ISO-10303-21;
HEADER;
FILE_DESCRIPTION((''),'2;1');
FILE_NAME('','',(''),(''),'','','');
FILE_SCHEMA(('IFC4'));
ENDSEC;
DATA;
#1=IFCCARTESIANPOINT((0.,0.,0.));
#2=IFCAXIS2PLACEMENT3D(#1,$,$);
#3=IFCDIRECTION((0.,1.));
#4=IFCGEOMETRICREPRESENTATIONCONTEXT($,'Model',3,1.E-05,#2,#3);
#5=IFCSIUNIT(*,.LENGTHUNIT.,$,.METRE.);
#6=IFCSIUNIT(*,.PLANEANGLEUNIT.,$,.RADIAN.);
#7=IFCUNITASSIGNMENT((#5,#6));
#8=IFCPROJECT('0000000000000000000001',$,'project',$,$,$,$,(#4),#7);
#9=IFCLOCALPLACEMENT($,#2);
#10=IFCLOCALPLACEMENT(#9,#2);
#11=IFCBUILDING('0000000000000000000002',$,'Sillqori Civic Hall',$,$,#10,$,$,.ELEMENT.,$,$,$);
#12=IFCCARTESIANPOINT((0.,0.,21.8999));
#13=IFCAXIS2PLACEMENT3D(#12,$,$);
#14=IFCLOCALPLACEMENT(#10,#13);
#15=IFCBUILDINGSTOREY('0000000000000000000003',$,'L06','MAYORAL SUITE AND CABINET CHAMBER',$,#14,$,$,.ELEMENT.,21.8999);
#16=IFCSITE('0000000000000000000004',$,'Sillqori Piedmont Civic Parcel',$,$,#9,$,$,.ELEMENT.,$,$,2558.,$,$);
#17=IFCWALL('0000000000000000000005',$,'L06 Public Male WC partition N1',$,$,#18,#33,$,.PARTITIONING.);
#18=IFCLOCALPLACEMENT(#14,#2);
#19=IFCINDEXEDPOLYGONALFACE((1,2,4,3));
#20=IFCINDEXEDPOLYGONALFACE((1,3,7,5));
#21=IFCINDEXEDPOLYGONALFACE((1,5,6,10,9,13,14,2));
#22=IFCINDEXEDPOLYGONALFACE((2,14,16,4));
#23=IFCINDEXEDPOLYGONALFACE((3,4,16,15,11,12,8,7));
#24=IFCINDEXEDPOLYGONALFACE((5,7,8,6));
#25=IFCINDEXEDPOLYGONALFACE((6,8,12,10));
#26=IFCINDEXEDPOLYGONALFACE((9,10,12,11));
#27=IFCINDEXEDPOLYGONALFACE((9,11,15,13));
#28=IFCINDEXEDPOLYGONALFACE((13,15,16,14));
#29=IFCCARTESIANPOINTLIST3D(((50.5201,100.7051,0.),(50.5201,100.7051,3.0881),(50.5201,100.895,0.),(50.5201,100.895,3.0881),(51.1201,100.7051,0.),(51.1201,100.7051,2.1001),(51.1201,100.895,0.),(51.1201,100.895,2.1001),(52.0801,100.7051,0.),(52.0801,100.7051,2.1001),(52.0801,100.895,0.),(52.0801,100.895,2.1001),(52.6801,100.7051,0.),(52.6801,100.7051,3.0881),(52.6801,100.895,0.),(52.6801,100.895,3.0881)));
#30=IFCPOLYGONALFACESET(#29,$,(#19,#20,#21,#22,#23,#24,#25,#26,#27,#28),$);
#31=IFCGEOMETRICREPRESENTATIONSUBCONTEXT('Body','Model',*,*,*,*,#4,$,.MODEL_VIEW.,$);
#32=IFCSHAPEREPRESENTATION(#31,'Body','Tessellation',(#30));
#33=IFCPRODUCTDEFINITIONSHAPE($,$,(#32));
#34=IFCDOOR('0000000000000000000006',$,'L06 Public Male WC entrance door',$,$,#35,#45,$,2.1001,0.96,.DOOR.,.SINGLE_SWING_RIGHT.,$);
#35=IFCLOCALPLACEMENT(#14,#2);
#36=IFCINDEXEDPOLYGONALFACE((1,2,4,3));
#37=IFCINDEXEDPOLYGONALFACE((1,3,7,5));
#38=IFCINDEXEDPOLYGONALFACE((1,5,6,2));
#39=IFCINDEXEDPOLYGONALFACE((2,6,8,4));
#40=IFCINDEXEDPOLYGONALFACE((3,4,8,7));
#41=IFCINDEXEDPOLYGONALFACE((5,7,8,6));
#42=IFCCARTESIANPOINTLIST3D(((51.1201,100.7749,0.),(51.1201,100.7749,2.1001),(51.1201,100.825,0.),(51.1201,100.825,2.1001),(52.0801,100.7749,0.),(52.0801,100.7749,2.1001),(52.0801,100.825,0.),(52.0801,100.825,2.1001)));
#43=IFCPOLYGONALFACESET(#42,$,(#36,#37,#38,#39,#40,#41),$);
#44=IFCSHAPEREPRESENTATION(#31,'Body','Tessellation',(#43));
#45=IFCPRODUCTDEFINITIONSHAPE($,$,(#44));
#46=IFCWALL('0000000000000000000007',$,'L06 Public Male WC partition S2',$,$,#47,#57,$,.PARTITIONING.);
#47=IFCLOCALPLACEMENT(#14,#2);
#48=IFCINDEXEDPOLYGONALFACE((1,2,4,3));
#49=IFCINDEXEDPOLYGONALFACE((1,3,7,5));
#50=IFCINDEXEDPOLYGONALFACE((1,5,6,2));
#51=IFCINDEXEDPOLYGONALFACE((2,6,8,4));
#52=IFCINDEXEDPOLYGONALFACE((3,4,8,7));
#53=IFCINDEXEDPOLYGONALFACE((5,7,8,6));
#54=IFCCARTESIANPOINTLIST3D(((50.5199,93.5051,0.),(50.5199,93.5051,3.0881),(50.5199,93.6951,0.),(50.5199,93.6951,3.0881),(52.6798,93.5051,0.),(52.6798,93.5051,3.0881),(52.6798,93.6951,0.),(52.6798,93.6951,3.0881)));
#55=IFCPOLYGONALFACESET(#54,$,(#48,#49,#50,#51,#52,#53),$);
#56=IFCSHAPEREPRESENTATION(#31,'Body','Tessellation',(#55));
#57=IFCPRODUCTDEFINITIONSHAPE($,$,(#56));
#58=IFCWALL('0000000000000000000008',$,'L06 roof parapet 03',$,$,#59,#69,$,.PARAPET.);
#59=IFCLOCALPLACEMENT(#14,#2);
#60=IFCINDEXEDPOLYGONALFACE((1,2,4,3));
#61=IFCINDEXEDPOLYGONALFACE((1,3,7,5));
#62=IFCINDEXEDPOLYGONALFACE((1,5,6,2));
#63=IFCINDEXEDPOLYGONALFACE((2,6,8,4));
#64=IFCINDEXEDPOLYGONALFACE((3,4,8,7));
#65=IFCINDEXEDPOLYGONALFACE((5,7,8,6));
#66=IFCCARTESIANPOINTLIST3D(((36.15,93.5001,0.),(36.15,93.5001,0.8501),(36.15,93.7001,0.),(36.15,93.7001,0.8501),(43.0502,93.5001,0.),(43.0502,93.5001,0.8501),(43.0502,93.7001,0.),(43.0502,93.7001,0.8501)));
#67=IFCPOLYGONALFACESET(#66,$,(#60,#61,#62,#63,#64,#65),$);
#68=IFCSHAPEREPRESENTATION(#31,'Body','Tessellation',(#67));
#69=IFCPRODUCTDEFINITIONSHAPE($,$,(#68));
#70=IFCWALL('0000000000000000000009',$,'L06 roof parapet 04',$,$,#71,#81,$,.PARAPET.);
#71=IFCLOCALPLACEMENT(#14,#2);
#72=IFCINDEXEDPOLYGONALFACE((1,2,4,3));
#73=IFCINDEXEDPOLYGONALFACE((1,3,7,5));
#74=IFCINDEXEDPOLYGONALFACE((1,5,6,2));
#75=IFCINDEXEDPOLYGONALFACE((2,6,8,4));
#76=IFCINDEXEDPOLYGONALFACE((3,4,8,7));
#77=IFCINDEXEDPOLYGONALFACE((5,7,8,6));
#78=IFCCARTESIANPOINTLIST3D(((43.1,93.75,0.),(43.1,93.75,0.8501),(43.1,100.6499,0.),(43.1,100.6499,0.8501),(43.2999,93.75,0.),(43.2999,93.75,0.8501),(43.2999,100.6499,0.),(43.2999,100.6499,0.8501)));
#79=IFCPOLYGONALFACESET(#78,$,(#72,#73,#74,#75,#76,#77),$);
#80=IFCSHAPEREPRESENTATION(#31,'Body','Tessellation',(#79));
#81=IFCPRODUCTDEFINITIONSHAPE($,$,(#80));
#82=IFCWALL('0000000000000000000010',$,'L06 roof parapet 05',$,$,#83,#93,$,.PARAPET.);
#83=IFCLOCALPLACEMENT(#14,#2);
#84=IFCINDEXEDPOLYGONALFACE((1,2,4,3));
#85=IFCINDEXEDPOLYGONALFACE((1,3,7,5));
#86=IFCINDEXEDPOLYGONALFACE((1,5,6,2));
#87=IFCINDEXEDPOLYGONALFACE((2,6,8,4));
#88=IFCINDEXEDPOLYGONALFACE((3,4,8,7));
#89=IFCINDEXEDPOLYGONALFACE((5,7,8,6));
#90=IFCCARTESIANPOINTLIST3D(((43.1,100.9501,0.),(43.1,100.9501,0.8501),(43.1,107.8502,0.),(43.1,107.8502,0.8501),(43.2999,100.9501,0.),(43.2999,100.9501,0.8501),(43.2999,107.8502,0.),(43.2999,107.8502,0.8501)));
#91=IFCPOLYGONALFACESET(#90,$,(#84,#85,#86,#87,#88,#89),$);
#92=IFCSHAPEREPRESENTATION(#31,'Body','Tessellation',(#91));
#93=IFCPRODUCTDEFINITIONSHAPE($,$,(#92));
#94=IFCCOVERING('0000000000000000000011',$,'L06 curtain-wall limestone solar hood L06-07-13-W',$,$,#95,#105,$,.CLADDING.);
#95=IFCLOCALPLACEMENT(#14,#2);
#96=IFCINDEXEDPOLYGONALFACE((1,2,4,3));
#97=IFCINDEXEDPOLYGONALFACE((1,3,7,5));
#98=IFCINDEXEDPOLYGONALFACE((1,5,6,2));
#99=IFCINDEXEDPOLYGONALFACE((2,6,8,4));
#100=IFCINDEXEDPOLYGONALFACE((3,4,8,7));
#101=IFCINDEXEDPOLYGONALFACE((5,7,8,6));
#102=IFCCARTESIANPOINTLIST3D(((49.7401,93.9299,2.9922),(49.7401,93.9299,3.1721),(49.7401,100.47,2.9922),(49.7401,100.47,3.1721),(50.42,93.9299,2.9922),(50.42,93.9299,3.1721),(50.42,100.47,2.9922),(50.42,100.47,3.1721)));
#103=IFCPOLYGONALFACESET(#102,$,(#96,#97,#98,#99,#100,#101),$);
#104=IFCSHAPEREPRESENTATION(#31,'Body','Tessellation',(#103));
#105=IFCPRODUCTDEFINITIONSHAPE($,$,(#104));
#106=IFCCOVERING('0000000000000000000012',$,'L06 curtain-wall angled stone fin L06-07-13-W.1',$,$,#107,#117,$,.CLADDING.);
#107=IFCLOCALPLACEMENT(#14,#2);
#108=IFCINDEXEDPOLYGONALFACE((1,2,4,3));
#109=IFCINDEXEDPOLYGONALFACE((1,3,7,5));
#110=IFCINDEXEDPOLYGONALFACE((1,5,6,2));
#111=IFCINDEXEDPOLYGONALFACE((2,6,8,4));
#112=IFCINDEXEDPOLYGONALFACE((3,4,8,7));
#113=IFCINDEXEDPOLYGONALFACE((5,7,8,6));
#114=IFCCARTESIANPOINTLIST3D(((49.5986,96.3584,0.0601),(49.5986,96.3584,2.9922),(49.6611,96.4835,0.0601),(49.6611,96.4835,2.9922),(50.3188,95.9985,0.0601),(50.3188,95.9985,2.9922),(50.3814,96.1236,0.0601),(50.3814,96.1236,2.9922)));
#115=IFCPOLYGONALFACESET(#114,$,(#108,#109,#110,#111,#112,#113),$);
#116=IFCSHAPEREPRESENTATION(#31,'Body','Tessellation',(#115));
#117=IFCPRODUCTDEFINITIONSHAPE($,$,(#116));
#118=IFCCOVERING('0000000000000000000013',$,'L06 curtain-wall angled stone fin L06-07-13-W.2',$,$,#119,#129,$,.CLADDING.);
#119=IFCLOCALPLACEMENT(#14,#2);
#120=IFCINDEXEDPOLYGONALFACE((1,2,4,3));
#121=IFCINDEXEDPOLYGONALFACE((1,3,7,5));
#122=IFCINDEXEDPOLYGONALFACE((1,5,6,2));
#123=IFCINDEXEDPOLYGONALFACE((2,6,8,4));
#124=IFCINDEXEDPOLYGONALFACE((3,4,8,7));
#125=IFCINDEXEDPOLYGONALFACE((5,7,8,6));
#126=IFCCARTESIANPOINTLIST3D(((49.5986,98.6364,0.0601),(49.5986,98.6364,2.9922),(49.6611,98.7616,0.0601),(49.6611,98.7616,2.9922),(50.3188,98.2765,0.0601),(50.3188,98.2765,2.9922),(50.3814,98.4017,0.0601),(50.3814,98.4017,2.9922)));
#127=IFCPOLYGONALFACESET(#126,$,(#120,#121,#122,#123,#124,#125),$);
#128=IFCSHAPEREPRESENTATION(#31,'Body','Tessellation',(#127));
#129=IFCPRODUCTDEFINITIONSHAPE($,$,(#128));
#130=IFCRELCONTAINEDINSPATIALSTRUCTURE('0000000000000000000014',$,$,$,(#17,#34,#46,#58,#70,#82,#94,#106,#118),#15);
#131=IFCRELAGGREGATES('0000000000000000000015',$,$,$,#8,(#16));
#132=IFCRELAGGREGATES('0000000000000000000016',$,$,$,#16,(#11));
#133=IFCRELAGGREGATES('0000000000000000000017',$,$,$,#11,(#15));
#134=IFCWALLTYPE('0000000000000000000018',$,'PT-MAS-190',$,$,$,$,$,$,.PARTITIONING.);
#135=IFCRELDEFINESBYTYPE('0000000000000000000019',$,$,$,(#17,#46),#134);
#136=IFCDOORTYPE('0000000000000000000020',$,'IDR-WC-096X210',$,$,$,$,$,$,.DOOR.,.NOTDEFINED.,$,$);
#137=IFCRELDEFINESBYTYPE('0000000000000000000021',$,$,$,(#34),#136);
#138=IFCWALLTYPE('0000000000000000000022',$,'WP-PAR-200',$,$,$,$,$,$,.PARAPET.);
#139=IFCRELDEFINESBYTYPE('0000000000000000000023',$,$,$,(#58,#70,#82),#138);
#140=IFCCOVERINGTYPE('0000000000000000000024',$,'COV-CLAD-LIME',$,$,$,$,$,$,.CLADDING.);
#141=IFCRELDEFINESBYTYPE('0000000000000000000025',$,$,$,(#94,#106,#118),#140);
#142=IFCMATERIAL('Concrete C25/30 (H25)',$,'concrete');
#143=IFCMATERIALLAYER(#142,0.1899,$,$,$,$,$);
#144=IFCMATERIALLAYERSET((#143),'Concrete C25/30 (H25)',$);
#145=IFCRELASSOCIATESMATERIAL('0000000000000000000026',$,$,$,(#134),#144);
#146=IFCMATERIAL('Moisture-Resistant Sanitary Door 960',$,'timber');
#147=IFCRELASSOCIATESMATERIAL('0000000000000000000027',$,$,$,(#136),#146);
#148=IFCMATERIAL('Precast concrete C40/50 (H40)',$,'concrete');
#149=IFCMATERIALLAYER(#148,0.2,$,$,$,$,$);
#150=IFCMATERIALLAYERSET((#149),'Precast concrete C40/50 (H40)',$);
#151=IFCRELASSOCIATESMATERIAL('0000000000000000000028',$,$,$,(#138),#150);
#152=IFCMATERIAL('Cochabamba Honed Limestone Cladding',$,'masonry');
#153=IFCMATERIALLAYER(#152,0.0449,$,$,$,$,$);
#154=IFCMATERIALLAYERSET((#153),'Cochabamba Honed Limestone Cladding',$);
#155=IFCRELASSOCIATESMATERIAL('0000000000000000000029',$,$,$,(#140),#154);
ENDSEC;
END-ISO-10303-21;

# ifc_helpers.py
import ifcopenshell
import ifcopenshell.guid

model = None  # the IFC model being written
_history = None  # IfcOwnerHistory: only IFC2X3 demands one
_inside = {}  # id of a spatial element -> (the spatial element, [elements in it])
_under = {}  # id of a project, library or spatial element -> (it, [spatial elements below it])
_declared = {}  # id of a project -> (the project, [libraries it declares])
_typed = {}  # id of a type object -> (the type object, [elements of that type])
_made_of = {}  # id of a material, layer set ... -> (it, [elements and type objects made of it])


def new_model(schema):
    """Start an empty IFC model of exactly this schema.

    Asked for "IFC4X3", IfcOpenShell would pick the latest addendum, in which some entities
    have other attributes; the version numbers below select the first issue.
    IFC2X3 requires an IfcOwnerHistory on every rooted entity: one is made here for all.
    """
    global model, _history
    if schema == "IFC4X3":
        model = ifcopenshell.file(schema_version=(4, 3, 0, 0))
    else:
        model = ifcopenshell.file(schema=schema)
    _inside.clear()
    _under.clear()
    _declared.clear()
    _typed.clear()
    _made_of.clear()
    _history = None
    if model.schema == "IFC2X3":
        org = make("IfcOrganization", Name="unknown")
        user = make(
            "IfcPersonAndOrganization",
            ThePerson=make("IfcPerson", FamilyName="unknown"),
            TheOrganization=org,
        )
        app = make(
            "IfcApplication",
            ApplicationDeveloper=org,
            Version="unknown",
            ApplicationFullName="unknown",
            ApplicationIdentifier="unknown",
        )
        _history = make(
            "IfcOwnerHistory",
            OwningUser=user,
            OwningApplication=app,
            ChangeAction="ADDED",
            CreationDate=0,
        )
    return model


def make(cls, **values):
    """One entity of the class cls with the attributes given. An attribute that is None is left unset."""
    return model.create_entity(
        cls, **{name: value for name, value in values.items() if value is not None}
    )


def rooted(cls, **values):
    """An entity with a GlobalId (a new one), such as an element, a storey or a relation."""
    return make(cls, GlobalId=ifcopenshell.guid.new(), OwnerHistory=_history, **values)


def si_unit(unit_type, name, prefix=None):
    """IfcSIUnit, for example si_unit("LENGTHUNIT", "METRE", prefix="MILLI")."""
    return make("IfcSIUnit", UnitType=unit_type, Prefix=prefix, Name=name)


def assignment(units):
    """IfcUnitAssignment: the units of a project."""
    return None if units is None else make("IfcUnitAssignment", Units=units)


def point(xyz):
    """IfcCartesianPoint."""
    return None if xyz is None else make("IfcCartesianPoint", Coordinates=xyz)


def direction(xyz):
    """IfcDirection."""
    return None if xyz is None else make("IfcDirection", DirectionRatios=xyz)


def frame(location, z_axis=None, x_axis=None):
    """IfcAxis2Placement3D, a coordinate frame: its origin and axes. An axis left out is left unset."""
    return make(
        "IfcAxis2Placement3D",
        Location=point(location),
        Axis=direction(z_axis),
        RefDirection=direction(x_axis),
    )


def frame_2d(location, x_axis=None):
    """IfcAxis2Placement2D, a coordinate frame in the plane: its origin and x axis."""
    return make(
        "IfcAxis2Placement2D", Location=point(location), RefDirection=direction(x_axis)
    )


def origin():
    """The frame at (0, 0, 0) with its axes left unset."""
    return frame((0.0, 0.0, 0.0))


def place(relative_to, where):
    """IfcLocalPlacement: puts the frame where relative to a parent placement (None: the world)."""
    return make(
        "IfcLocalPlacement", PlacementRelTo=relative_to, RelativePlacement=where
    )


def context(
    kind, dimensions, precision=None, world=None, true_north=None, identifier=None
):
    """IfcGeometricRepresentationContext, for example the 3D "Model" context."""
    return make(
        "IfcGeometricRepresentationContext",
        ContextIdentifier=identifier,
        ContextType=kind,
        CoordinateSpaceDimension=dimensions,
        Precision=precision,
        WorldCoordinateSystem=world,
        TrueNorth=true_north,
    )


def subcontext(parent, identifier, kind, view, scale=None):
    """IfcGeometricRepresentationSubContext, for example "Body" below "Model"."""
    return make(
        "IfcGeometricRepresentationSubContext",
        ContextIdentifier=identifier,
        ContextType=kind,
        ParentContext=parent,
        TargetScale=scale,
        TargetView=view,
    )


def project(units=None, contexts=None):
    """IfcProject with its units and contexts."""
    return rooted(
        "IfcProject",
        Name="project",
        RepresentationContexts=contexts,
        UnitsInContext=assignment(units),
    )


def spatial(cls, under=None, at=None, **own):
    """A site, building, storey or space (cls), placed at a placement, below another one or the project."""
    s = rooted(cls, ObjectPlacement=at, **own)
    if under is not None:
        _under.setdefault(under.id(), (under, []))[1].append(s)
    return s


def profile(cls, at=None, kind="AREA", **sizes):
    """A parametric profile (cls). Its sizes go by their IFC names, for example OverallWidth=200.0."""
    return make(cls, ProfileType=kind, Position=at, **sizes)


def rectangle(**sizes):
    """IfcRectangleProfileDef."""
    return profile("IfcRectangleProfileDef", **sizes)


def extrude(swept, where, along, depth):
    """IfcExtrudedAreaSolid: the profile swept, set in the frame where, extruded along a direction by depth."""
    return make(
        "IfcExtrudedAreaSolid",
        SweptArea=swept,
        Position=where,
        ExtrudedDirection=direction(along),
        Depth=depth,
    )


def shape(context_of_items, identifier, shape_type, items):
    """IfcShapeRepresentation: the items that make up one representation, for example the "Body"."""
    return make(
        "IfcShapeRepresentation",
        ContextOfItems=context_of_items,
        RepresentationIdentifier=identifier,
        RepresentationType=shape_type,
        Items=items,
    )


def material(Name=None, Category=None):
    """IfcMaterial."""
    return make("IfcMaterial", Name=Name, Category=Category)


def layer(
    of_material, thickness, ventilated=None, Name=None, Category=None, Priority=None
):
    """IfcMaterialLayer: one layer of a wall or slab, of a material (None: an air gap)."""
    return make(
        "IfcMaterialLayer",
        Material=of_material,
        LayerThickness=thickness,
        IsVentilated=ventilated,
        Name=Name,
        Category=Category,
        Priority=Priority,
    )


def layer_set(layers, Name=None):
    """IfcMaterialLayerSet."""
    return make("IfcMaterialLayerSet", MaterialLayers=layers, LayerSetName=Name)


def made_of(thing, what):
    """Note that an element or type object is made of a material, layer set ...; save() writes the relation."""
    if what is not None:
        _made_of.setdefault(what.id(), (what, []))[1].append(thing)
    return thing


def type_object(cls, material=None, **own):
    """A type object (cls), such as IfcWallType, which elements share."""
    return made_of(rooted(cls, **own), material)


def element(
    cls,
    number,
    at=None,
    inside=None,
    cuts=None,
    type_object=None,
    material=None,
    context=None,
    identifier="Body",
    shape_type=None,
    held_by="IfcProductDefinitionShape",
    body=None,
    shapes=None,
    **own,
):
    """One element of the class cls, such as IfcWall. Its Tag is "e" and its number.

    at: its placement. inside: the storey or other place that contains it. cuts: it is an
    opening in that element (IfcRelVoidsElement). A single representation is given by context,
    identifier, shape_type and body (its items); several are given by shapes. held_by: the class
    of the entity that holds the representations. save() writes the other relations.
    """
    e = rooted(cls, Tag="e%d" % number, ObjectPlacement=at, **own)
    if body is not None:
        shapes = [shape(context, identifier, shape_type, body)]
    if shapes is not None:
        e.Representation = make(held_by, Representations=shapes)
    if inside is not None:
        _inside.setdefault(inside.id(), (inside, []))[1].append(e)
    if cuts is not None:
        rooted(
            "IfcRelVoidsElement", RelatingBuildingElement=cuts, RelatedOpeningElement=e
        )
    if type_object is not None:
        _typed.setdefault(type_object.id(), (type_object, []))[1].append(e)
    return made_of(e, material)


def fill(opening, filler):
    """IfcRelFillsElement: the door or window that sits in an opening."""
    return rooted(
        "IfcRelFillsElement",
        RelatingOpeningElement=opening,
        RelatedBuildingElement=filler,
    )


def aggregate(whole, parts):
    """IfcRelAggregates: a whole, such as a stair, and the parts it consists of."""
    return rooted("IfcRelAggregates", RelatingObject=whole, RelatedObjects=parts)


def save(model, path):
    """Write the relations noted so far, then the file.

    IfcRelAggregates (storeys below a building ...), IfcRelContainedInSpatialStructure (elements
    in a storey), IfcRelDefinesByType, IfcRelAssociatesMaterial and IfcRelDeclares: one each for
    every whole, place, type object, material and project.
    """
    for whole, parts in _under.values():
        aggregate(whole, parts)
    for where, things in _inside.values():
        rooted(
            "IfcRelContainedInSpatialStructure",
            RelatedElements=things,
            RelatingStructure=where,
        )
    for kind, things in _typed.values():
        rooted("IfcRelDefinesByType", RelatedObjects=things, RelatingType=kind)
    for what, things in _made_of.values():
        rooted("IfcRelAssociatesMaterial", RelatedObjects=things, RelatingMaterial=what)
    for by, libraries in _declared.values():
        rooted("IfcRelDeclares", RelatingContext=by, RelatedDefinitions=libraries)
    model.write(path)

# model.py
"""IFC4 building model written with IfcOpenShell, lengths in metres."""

from ifc_helpers import new_model, si_unit, direction, frame, frame_2d, origin, place, context, subcontext, project, spatial, rectangle, extrude, material, layer, layer_set, type_object, element, fill, save


model = new_model("IFC4")

# Units and contexts
model_context = context("Model", 3, precision=1e-05, world=origin(), true_north=direction((0.0, 1.0)))
body_context = subcontext(model_context, "Body", "Model", "MODEL_VIEW")
ifc_project = project(units=[si_unit("LENGTHUNIT", "METRE"), si_unit("PLANEANGLEUNIT", "RADIAN")], contexts=[model_context])

# Site, building, storey
site_placement = place(None, origin())
site = spatial("IfcSite", under=ifc_project, at=site_placement, Name="Sillqori Piedmont Civic Parcel", CompositionType="ELEMENT", RefElevation=2558.0)
building_placement = place(site_placement, origin())
building = spatial("IfcBuilding", under=site, at=building_placement, Name="Sillqori Civic Hall", CompositionType="ELEMENT")
storey_placement = place(building_placement, frame((0.0, 0.0, 21.8999)))
storey = spatial("IfcBuildingStorey", under=building, at=storey_placement, Name="L06", Description="MAYORAL SUITE AND CABINET CHAMBER", CompositionType="ELEMENT", Elevation=21.8999)

# Wall, opening, door
ifc_material_1 = material(Name="Concrete C25/30 (H25)", Category="concrete")
ifc_layer_1 = layer(ifc_material_1, 0.1899)
ifc_layer_set_1 = layer_set([ifc_layer_1], Name="Concrete C25/30 (H25)")
wall_type_1 = type_object("IfcWallType", Name="PT-MAS-190", PredefinedType="PARTITIONING", material=ifc_layer_set_1)
wall_1_placement = place(storey_placement, frame((50.52, 100.8, 0.0), z_axis=(0.0, 0.0, 1.0), x_axis=(1.0, 0.0, 0.0)))
wall_1 = element("IfcWall", 1, at=wall_1_placement, inside=storey, type_object=wall_type_1, Name="L06 Public Male WC partition N1", PredefinedType="PARTITIONING", context=body_context, shape_type="SweptSolid", body=[
    extrude(rectangle(XDim=2.1599, YDim=0.1899, at=frame_2d((1.0801, 0.0))), origin(), (0.0, 0.0, 1.0), 3.0881),
])
opening_placement = place(wall_1_placement, frame((0.6001, 0.0, 0.0)))
opening = element("IfcOpeningElement", 2, at=opening_placement, cuts=wall_1, PredefinedType="OPENING", context=body_context, shape_type="SweptSolid", body=[
    extrude(rectangle(XDim=0.96, YDim=2.1001, at=frame_2d((0.48, 1.05))), frame((0.0, 0.105, 0.0), z_axis=(0.0, -1.0, 0.0), x_axis=(1.0, 0.0, 0.0)), (0.0, 0.0, 1.0), 0.21),
])
ifc_material_2 = material(Name="Moisture-Resistant Sanitary Door 960", Category="timber")
door_type = type_object("IfcDoorType", Name="IDR-WC-096X210", OperationType="NOTDEFINED", PredefinedType="DOOR", material=ifc_material_2)
door_placement = place(opening_placement, origin())
door = element("IfcDoor", 3, at=door_placement, inside=storey, type_object=door_type, Name="L06 Public Male WC entrance door", OperationType="SINGLE_SWING_RIGHT", OverallHeight=2.1001, OverallWidth=0.96, PredefinedType="DOOR", context=body_context, shape_type="SweptSolid", body=[
    extrude(rectangle(XDim=0.96, YDim=2.1001, at=frame_2d((0.48, 1.05))), frame((0.0, 0.0249, 0.0), z_axis=(0.0, -1.0, 0.0), x_axis=(1.0, 0.0, 0.0)), (0.0, 0.0, 1.0), 0.05),
])
fill(opening, door)

# Walls
wall_2_placement = place(storey_placement, frame((52.6799, 93.6001, 0.0), z_axis=(0.0, 0.0, 1.0), x_axis=(-1.0, 0.0, 0.0)))
element("IfcWall", 4, at=wall_2_placement, inside=storey, type_object=wall_type_1, Name="L06 Public Male WC partition S2", PredefinedType="PARTITIONING", context=body_context, shape_type="SweptSolid", body=[
    extrude(rectangle(XDim=2.1599, YDim=0.1899, at=frame_2d((1.0801, 0.0))), origin(), (0.0, 0.0, 1.0), 3.0881),
])
ifc_material_3 = material(Name="Precast concrete C40/50 (H40)", Category="concrete")
ifc_layer_2 = layer(ifc_material_3, 0.2)
ifc_layer_set_2 = layer_set([ifc_layer_2], Name="Precast concrete C40/50 (H40)")
wall_type_2 = type_object("IfcWallType", Name="WP-PAR-200", PredefinedType="PARAPET", material=ifc_layer_set_2)
wall_3_placement = place(storey_placement, frame((36.1499, 93.6001, 0.0), z_axis=(0.0, 0.0, 1.0), x_axis=(1.0, 0.0, 0.0)))
element("IfcWall", 5, at=wall_3_placement, inside=storey, type_object=wall_type_2, Name="L06 roof parapet 03", PredefinedType="PARAPET", context=body_context, shape_type="SweptSolid", body=[
    extrude(rectangle(XDim=6.9001, YDim=0.2, at=frame_2d((3.4502, 0.0))), origin(), (0.0, 0.0, 1.0), 0.8501),
])
wall_4_placement = place(storey_placement, frame((43.2, 93.75, 0.0), z_axis=(0.0, 0.0, 1.0), x_axis=(0.0, 1.0, 0.0)))
element("IfcWall", 6, at=wall_4_placement, inside=storey, type_object=wall_type_2, Name="L06 roof parapet 04", PredefinedType="PARAPET", context=body_context, shape_type="SweptSolid", body=[
    extrude(rectangle(XDim=6.8999, YDim=0.2, at=frame_2d((3.45, 0.0))), origin(), (0.0, 0.0, 1.0), 0.8501),
])
wall_5_placement = place(storey_placement, frame((43.2, 100.95, 0.0), z_axis=(0.0, 0.0, 1.0), x_axis=(0.0, 1.0, 0.0)))
element("IfcWall", 7, at=wall_5_placement, inside=storey, type_object=wall_type_2, Name="L06 roof parapet 05", PredefinedType="PARAPET", context=body_context, shape_type="SweptSolid", body=[
    extrude(rectangle(XDim=6.9001, YDim=0.2, at=frame_2d((3.4502, 0.0))), origin(), (0.0, 0.0, 1.0), 0.8501),
])

# Coverings
ifc_material_4 = material(Name="Cochabamba Honed Limestone Cladding", Category="masonry")
ifc_layer_3 = layer(ifc_material_4, 0.0449)
ifc_layer_set_3 = layer_set([ifc_layer_3], Name="Cochabamba Honed Limestone Cladding")
covering_type = type_object("IfcCoveringType", Name="COV-CLAD-LIME", PredefinedType="CLADDING", material=ifc_layer_set_3)
covering_placement = place(storey_placement, frame((50.0801, 93.9299, 2.9922), z_axis=(0.0, 0.0, 1.0), x_axis=(0.0, 1.0, 0.0)))
element("IfcCovering", 8, at=covering_placement, inside=storey, type_object=covering_type, Name="L06 curtain-wall limestone solar hood L06-07-13-W", PredefinedType="CLADDING", context=body_context, shape_type="SweptSolid", body=[
    extrude(rectangle(XDim=6.54, YDim=0.6799, at=frame_2d((3.27, 0.0))), origin(), (0.0, 0.0, 1.0), 0.1799),
])
for number, where, z_axis, x_axis, name in (
    (9, (50.3501, 96.061, 0.0601), (0.0, 0.0, 1.0), (-0.894548, 0.446971, 0.0), "L06 curtain-wall angled stone fin L06-07-13-W.1"),
    (10, (50.3501, 98.3391, 0.0601), (0.0, 0.0, 1.0), (-0.894548, 0.446971, 0.0), "L06 curtain-wall angled stone fin L06-07-13-W.2"),
):
    element("IfcCovering", number, at=place(storey_placement, frame(where, z_axis=z_axis, x_axis=x_axis)), inside=storey, type_object=covering_type, Name=name, PredefinedType="CLADDING", context=body_context, shape_type="SweptSolid", body=[
        extrude(rectangle(XDim=0.8052, YDim=0.1399, at=frame_2d((0.4026, 0.0))), origin(), (0.0, 0.0, 1.0), 2.9321),
    ])

save(model, "model.ifc")
